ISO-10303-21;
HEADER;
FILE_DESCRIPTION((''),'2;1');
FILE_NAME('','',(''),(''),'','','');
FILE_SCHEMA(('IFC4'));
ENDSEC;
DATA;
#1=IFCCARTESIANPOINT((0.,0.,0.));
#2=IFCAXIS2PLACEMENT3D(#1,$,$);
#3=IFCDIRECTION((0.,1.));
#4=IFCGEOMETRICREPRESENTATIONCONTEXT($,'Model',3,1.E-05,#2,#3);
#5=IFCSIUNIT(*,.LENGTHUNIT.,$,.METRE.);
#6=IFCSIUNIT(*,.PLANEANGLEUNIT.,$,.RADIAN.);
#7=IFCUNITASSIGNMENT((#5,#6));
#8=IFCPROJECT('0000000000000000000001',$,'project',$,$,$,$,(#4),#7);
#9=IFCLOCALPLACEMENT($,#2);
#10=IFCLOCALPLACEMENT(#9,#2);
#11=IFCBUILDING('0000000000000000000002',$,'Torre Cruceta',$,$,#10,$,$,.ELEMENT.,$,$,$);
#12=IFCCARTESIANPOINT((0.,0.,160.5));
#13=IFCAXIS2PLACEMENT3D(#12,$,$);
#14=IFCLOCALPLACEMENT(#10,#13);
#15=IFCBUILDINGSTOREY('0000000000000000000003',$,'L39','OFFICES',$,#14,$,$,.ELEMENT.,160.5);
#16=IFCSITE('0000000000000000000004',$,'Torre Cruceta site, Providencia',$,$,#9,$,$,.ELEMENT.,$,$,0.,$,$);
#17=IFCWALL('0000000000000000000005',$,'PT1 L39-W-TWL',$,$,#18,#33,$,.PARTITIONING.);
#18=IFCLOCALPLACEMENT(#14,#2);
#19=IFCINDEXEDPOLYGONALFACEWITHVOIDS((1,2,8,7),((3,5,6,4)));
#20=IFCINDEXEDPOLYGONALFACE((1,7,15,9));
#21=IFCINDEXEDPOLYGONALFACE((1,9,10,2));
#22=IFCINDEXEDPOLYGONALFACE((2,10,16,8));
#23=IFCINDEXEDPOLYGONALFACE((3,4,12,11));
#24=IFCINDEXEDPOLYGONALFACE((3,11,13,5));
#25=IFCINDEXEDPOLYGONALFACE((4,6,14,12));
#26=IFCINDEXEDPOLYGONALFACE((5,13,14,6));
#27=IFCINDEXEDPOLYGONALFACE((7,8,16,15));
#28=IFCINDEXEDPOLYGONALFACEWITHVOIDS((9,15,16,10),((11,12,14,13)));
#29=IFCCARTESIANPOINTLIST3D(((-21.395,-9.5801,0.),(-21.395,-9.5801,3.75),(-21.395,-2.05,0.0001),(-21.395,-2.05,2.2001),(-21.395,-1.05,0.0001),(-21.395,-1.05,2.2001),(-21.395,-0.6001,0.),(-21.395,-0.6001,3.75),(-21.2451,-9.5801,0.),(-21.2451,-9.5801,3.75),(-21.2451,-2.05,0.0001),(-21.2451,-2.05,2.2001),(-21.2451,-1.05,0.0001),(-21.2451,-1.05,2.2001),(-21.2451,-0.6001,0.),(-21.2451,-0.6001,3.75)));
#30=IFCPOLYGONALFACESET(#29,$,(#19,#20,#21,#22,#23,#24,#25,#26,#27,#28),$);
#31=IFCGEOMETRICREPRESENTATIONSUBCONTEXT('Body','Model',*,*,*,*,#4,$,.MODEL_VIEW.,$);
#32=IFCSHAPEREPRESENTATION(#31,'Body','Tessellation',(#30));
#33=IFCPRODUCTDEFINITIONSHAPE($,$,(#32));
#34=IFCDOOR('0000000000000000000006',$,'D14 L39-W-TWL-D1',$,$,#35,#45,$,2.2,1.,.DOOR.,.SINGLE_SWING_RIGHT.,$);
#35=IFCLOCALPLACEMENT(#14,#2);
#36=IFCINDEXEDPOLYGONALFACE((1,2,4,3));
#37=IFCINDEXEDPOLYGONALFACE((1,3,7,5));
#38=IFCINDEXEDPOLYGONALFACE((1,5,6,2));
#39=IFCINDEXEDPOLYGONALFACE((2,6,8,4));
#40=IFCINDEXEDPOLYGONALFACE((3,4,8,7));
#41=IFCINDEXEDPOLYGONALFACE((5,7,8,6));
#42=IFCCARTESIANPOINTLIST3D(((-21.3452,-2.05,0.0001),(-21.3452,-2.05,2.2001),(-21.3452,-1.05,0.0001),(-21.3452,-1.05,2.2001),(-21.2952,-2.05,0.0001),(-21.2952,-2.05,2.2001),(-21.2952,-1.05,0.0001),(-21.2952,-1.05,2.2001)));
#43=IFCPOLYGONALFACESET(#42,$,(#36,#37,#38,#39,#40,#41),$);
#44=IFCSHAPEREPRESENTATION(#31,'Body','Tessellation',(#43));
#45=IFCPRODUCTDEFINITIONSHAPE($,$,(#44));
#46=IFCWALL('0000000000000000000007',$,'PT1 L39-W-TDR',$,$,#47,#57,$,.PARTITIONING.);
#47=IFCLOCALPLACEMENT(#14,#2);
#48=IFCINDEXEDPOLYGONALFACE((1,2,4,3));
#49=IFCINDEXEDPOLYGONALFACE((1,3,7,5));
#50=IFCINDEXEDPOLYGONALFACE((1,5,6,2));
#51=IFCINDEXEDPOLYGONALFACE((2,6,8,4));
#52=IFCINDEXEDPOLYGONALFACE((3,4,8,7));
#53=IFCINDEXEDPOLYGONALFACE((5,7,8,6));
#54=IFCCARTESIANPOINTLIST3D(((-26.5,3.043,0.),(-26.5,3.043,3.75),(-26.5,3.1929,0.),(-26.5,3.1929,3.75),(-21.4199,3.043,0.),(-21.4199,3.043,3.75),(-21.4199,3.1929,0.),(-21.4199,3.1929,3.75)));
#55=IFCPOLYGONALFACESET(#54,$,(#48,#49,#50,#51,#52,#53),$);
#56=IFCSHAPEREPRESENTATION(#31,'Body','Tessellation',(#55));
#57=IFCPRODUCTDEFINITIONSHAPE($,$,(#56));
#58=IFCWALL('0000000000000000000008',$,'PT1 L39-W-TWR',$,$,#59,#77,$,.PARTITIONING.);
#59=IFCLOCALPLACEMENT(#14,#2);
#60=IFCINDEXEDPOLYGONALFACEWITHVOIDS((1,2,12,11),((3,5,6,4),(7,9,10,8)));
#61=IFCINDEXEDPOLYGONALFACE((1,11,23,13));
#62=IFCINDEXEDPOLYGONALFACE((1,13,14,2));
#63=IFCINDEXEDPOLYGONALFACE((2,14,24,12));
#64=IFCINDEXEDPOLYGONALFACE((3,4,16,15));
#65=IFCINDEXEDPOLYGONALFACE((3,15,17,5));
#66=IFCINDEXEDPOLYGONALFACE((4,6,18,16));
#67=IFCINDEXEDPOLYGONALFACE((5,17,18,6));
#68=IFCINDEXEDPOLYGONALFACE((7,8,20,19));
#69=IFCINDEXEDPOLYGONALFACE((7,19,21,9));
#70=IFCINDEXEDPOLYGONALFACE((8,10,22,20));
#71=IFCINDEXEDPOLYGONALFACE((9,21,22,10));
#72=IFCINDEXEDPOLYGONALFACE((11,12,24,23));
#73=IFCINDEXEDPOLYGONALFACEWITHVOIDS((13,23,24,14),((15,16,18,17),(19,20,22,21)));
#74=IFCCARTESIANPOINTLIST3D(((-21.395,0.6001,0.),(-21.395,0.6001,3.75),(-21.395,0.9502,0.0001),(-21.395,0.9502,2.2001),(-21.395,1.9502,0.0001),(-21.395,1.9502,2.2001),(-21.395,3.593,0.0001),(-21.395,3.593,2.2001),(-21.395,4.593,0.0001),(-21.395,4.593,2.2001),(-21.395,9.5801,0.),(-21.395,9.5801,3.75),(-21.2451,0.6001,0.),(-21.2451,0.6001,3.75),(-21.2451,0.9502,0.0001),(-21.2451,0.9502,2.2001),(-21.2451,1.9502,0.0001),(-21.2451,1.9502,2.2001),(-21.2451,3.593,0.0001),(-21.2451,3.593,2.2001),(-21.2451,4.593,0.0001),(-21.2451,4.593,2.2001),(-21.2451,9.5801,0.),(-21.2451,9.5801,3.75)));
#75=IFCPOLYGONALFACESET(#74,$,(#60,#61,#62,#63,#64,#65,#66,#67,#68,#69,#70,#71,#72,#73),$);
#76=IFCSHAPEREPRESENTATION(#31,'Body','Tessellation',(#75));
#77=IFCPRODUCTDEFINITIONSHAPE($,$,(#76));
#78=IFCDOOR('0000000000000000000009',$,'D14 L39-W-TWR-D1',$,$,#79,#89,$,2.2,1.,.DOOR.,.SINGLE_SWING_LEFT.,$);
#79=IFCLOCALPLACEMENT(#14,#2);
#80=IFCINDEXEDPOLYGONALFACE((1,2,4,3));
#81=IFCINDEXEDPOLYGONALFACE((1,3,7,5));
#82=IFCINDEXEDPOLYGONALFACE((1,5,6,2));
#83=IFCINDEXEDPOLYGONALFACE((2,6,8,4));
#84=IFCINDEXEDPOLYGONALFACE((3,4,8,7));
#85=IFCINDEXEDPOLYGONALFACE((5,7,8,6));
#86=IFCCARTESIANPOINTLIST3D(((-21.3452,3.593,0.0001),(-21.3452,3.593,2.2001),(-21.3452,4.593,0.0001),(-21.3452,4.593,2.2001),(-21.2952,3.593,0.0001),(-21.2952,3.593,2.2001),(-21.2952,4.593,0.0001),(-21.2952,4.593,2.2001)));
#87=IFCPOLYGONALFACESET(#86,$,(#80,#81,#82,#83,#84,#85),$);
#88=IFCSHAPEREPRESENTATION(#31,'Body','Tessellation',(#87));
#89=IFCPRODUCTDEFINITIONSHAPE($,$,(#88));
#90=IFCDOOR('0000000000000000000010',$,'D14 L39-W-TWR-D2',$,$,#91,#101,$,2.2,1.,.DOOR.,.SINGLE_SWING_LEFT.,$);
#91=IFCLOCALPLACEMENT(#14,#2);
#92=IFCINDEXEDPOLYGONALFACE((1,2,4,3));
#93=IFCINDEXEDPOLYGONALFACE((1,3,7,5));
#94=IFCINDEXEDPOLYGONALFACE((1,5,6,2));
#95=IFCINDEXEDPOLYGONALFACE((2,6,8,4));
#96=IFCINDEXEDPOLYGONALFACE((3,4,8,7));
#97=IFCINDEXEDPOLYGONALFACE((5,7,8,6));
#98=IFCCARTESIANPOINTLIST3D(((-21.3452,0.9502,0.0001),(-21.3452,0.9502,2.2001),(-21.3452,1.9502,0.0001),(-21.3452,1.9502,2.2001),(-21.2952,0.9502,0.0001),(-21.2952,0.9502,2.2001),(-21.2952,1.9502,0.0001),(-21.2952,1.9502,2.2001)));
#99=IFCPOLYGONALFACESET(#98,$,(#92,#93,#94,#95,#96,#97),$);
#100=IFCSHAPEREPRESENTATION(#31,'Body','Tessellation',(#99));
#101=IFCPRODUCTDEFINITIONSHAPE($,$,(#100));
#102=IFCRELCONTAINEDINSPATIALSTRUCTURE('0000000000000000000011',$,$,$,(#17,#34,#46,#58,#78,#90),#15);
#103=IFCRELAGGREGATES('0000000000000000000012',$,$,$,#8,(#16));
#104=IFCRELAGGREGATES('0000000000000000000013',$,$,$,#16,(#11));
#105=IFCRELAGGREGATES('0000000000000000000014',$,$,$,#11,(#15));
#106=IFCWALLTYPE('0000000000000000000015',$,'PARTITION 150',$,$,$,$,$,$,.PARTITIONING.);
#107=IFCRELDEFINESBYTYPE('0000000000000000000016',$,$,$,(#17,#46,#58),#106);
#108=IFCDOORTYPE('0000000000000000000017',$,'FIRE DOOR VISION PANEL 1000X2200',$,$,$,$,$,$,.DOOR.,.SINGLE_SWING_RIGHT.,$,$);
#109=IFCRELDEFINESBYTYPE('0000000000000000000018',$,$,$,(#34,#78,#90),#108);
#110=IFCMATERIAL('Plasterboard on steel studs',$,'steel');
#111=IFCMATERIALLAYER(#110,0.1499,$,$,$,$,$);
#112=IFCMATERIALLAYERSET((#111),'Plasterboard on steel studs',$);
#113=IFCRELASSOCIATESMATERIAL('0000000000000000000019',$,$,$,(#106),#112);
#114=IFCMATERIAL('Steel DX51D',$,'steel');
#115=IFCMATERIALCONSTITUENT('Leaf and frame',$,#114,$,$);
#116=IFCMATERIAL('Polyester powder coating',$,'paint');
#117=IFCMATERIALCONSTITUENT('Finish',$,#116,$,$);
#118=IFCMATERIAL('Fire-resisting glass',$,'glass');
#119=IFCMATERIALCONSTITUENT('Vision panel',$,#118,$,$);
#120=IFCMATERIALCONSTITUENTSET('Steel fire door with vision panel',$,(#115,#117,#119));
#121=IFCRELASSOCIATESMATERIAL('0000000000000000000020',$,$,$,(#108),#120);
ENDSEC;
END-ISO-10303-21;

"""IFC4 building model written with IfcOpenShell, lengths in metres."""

from ifc_helpers import new_model, si_unit, direction, frame, frame_2d, origin, place, context, subcontext, project, spatial, rectangle, extrude, material, layer, layer_set, constituent, constituent_set, type_object, element, fill, save


model = new_model("IFC4")

# Units and contexts
model_context = context("Model", 3, precision=1e-05, world=origin(), true_north=direction((0.0, 1.0)))
body_context = subcontext(model_context, "Body", "Model", "MODEL_VIEW")
ifc_project = project(units=[si_unit("LENGTHUNIT", "METRE"), si_unit("PLANEANGLEUNIT", "RADIAN")], contexts=[model_context])

# Site, building, storey
site_placement = place(None, origin())
site = spatial("IfcSite", under=ifc_project, at=site_placement, Name="Torre Cruceta site, Providencia", CompositionType="ELEMENT", RefElevation=0.0)
building_placement = place(site_placement, origin())
building = spatial("IfcBuilding", under=site, at=building_placement, Name="Torre Cruceta", CompositionType="ELEMENT")
storey_placement = place(building_placement, frame((0.0, 0.0, 160.5)))
storey = spatial("IfcBuildingStorey", under=building, at=storey_placement, Name="L39", Description="OFFICES", CompositionType="ELEMENT", Elevation=160.5)

# Wall, opening, door
ifc_material_1 = material(Name="Plasterboard on steel studs", Category="steel")
ifc_layer_1 = layer(ifc_material_1, 0.1499)
ifc_layer_set_1 = layer_set([ifc_layer_1], Name="Plasterboard on steel studs")
wall_type_1 = type_object("IfcWallType", Name="PARTITION 150", PredefinedType="PARTITIONING", material=ifc_layer_set_1)
wall_1_placement = place(storey_placement, frame((-21.3201, -0.6001, 0.0), z_axis=(0.0, 0.0, 1.0), x_axis=(0.0, -1.0, 0.0)))
wall_1 = element("IfcWall", 1, at=wall_1_placement, inside=storey, type_object=wall_type_1, Name="PT1 L39-W-TWL", PredefinedType="PARTITIONING", context=body_context, shape_type="SweptSolid", body=[
    extrude(rectangle(XDim=8.98, YDim=0.1499, at=frame_2d((4.49, 0.0))), origin(), (0.0, 0.0, 1.0), 3.75),
])
opening_1_placement = place(wall_1_placement, frame((0.45, 0.0, 0.0)))
opening_1 = element("IfcOpeningElement", 2, at=opening_1_placement, cuts=wall_1, PredefinedType="OPENING", context=body_context, shape_type="SweptSolid", body=[
    extrude(rectangle(XDim=1.0, YDim=2.2, at=frame_2d((0.5, 1.1001))), frame((0.0, 0.085, 0.0), z_axis=(0.0, -1.0, 0.0), x_axis=(1.0, 0.0, 0.0)), (0.0, 0.0, 1.0), 0.1699),
])
ifc_material_2 = material(Name="Steel DX51D", Category="steel")
ifc_constituent_1 = constituent(ifc_material_2, Name="Leaf and frame")
ifc_material_3 = material(Name="Polyester powder coating", Category="paint")
ifc_constituent_2 = constituent(ifc_material_3, Name="Finish")
ifc_material_4 = material(Name="Fire-resisting glass", Category="glass")
ifc_constituent_3 = constituent(ifc_material_4, Name="Vision panel")
ifc_constituent_set_1 = constituent_set(constituents=[ifc_constituent_1, ifc_constituent_2, ifc_constituent_3], Name="Steel fire door with vision panel")
door_type = type_object("IfcDoorType", Name="FIRE DOOR VISION PANEL 1000X2200", OperationType="SINGLE_SWING_RIGHT", PredefinedType="DOOR", material=ifc_constituent_set_1)
door_1_placement = place(opening_1_placement, frame((1.0, 0.0, 0.0), z_axis=(0.0, 0.0, 1.0), x_axis=(-1.0, 0.0, 0.0)))
door_1 = element("IfcDoor", 3, at=door_1_placement, inside=storey, type_object=door_type, Name="D14 L39-W-TWL-D1", OperationType="SINGLE_SWING_RIGHT", OverallHeight=2.2, OverallWidth=1.0, PredefinedType="DOOR", context=body_context, shape_type="SweptSolid", body=[
    extrude(rectangle(XDim=1.0, YDim=2.2, at=frame_2d((0.5, 1.1001))), frame((0.0, 0.0251, 0.0), z_axis=(0.0, -1.0, 0.0), x_axis=(1.0, 0.0, 0.0)), (0.0, 0.0, 1.0), 0.05),
])
fill(opening_1, door_1)

# Wall
wall_2_placement = place(storey_placement, frame((-21.4199, 3.1179, 0.0), z_axis=(0.0, 0.0, 1.0), x_axis=(-1.0, 0.0, 0.0)))
element("IfcWall", 4, at=wall_2_placement, inside=storey, type_object=wall_type_1, Name="PT1 L39-W-TDR", PredefinedType="PARTITIONING", context=body_context, shape_type="SweptSolid", body=[
    extrude(rectangle(XDim=5.0801, YDim=0.1499, at=frame_2d((2.54, 0.0))), origin(), (0.0, 0.0, 1.0), 3.75),
])

# Wall, openings, doors
wall_3_placement = place(storey_placement, frame((-21.3201, 9.5801, 0.0), z_axis=(0.0, 0.0, 1.0), x_axis=(0.0, -1.0, 0.0)))
wall_3 = element("IfcWall", 5, at=wall_3_placement, inside=storey, type_object=wall_type_1, Name="PT1 L39-W-TWR", PredefinedType="PARTITIONING", context=body_context, shape_type="SweptSolid", body=[
    extrude(rectangle(XDim=8.98, YDim=0.1499, at=frame_2d((4.49, 0.0))), origin(), (0.0, 0.0, 1.0), 3.75),
])
opening_2_placement = place(wall_3_placement, frame((4.9871, 0.0, 0.0)))
opening_2 = element("IfcOpeningElement", 6, at=opening_2_placement, cuts=wall_3, PredefinedType="OPENING", context=body_context, shape_type="SweptSolid", body=[
    extrude(rectangle(XDim=1.0, YDim=2.2, at=frame_2d((0.5, 1.1001))), frame((0.0, 0.085, 0.0), z_axis=(0.0, -1.0, 0.0), x_axis=(1.0, 0.0, 0.0)), (0.0, 0.0, 1.0), 0.1699),
])
opening_3_placement = place(wall_3_placement, frame((7.6299, 0.0, 0.0)))
opening_3 = element("IfcOpeningElement", 7, at=opening_3_placement, cuts=wall_3, PredefinedType="OPENING", context=body_context, shape_type="SweptSolid", body=[
    extrude(rectangle(XDim=1.0, YDim=2.2, at=frame_2d((0.5, 1.1001))), frame((0.0, 0.085, 0.0), z_axis=(0.0, -1.0, 0.0), x_axis=(1.0, 0.0, 0.0)), (0.0, 0.0, 1.0), 0.1699),
])
door_2_placement = place(opening_2_placement, frame((1.0, 0.0, 0.0), z_axis=(0.0, 0.0, 1.0), x_axis=(-1.0, 0.0, 0.0)))
door_2 = element("IfcDoor", 8, at=door_2_placement, inside=storey, type_object=door_type, Name="D14 L39-W-TWR-D1", OperationType="SINGLE_SWING_LEFT", OverallHeight=2.2, OverallWidth=1.0, PredefinedType="DOOR", context=body_context, shape_type="SweptSolid", body=[
    extrude(rectangle(XDim=1.0, YDim=2.2, at=frame_2d((0.5, 1.1001))), frame((0.0, 0.0251, 0.0), z_axis=(0.0, -1.0, 0.0), x_axis=(1.0, 0.0, 0.0)), (0.0, 0.0, 1.0), 0.05),
])
fill(opening_2, door_2)
door_3_placement = place(opening_3_placement, frame((1.0, 0.0, 0.0), z_axis=(0.0, 0.0, 1.0), x_axis=(-1.0, 0.0, 0.0)))
door_3 = element("IfcDoor", 9, at=door_3_placement, inside=storey, type_object=door_type, Name="D14 L39-W-TWR-D2", OperationType="SINGLE_SWING_LEFT", OverallHeight=2.2, OverallWidth=1.0, PredefinedType="DOOR", context=body_context, shape_type="SweptSolid", body=[
    extrude(rectangle(XDim=1.0, YDim=2.2, at=frame_2d((0.5, 1.1001))), frame((0.0, 0.0251, 0.0), z_axis=(0.0, -1.0, 0.0), x_axis=(1.0, 0.0, 0.0)), (0.0, 0.0, 1.0), 0.05),
])
fill(opening_3, door_3)

save(model, "model.ifc")
